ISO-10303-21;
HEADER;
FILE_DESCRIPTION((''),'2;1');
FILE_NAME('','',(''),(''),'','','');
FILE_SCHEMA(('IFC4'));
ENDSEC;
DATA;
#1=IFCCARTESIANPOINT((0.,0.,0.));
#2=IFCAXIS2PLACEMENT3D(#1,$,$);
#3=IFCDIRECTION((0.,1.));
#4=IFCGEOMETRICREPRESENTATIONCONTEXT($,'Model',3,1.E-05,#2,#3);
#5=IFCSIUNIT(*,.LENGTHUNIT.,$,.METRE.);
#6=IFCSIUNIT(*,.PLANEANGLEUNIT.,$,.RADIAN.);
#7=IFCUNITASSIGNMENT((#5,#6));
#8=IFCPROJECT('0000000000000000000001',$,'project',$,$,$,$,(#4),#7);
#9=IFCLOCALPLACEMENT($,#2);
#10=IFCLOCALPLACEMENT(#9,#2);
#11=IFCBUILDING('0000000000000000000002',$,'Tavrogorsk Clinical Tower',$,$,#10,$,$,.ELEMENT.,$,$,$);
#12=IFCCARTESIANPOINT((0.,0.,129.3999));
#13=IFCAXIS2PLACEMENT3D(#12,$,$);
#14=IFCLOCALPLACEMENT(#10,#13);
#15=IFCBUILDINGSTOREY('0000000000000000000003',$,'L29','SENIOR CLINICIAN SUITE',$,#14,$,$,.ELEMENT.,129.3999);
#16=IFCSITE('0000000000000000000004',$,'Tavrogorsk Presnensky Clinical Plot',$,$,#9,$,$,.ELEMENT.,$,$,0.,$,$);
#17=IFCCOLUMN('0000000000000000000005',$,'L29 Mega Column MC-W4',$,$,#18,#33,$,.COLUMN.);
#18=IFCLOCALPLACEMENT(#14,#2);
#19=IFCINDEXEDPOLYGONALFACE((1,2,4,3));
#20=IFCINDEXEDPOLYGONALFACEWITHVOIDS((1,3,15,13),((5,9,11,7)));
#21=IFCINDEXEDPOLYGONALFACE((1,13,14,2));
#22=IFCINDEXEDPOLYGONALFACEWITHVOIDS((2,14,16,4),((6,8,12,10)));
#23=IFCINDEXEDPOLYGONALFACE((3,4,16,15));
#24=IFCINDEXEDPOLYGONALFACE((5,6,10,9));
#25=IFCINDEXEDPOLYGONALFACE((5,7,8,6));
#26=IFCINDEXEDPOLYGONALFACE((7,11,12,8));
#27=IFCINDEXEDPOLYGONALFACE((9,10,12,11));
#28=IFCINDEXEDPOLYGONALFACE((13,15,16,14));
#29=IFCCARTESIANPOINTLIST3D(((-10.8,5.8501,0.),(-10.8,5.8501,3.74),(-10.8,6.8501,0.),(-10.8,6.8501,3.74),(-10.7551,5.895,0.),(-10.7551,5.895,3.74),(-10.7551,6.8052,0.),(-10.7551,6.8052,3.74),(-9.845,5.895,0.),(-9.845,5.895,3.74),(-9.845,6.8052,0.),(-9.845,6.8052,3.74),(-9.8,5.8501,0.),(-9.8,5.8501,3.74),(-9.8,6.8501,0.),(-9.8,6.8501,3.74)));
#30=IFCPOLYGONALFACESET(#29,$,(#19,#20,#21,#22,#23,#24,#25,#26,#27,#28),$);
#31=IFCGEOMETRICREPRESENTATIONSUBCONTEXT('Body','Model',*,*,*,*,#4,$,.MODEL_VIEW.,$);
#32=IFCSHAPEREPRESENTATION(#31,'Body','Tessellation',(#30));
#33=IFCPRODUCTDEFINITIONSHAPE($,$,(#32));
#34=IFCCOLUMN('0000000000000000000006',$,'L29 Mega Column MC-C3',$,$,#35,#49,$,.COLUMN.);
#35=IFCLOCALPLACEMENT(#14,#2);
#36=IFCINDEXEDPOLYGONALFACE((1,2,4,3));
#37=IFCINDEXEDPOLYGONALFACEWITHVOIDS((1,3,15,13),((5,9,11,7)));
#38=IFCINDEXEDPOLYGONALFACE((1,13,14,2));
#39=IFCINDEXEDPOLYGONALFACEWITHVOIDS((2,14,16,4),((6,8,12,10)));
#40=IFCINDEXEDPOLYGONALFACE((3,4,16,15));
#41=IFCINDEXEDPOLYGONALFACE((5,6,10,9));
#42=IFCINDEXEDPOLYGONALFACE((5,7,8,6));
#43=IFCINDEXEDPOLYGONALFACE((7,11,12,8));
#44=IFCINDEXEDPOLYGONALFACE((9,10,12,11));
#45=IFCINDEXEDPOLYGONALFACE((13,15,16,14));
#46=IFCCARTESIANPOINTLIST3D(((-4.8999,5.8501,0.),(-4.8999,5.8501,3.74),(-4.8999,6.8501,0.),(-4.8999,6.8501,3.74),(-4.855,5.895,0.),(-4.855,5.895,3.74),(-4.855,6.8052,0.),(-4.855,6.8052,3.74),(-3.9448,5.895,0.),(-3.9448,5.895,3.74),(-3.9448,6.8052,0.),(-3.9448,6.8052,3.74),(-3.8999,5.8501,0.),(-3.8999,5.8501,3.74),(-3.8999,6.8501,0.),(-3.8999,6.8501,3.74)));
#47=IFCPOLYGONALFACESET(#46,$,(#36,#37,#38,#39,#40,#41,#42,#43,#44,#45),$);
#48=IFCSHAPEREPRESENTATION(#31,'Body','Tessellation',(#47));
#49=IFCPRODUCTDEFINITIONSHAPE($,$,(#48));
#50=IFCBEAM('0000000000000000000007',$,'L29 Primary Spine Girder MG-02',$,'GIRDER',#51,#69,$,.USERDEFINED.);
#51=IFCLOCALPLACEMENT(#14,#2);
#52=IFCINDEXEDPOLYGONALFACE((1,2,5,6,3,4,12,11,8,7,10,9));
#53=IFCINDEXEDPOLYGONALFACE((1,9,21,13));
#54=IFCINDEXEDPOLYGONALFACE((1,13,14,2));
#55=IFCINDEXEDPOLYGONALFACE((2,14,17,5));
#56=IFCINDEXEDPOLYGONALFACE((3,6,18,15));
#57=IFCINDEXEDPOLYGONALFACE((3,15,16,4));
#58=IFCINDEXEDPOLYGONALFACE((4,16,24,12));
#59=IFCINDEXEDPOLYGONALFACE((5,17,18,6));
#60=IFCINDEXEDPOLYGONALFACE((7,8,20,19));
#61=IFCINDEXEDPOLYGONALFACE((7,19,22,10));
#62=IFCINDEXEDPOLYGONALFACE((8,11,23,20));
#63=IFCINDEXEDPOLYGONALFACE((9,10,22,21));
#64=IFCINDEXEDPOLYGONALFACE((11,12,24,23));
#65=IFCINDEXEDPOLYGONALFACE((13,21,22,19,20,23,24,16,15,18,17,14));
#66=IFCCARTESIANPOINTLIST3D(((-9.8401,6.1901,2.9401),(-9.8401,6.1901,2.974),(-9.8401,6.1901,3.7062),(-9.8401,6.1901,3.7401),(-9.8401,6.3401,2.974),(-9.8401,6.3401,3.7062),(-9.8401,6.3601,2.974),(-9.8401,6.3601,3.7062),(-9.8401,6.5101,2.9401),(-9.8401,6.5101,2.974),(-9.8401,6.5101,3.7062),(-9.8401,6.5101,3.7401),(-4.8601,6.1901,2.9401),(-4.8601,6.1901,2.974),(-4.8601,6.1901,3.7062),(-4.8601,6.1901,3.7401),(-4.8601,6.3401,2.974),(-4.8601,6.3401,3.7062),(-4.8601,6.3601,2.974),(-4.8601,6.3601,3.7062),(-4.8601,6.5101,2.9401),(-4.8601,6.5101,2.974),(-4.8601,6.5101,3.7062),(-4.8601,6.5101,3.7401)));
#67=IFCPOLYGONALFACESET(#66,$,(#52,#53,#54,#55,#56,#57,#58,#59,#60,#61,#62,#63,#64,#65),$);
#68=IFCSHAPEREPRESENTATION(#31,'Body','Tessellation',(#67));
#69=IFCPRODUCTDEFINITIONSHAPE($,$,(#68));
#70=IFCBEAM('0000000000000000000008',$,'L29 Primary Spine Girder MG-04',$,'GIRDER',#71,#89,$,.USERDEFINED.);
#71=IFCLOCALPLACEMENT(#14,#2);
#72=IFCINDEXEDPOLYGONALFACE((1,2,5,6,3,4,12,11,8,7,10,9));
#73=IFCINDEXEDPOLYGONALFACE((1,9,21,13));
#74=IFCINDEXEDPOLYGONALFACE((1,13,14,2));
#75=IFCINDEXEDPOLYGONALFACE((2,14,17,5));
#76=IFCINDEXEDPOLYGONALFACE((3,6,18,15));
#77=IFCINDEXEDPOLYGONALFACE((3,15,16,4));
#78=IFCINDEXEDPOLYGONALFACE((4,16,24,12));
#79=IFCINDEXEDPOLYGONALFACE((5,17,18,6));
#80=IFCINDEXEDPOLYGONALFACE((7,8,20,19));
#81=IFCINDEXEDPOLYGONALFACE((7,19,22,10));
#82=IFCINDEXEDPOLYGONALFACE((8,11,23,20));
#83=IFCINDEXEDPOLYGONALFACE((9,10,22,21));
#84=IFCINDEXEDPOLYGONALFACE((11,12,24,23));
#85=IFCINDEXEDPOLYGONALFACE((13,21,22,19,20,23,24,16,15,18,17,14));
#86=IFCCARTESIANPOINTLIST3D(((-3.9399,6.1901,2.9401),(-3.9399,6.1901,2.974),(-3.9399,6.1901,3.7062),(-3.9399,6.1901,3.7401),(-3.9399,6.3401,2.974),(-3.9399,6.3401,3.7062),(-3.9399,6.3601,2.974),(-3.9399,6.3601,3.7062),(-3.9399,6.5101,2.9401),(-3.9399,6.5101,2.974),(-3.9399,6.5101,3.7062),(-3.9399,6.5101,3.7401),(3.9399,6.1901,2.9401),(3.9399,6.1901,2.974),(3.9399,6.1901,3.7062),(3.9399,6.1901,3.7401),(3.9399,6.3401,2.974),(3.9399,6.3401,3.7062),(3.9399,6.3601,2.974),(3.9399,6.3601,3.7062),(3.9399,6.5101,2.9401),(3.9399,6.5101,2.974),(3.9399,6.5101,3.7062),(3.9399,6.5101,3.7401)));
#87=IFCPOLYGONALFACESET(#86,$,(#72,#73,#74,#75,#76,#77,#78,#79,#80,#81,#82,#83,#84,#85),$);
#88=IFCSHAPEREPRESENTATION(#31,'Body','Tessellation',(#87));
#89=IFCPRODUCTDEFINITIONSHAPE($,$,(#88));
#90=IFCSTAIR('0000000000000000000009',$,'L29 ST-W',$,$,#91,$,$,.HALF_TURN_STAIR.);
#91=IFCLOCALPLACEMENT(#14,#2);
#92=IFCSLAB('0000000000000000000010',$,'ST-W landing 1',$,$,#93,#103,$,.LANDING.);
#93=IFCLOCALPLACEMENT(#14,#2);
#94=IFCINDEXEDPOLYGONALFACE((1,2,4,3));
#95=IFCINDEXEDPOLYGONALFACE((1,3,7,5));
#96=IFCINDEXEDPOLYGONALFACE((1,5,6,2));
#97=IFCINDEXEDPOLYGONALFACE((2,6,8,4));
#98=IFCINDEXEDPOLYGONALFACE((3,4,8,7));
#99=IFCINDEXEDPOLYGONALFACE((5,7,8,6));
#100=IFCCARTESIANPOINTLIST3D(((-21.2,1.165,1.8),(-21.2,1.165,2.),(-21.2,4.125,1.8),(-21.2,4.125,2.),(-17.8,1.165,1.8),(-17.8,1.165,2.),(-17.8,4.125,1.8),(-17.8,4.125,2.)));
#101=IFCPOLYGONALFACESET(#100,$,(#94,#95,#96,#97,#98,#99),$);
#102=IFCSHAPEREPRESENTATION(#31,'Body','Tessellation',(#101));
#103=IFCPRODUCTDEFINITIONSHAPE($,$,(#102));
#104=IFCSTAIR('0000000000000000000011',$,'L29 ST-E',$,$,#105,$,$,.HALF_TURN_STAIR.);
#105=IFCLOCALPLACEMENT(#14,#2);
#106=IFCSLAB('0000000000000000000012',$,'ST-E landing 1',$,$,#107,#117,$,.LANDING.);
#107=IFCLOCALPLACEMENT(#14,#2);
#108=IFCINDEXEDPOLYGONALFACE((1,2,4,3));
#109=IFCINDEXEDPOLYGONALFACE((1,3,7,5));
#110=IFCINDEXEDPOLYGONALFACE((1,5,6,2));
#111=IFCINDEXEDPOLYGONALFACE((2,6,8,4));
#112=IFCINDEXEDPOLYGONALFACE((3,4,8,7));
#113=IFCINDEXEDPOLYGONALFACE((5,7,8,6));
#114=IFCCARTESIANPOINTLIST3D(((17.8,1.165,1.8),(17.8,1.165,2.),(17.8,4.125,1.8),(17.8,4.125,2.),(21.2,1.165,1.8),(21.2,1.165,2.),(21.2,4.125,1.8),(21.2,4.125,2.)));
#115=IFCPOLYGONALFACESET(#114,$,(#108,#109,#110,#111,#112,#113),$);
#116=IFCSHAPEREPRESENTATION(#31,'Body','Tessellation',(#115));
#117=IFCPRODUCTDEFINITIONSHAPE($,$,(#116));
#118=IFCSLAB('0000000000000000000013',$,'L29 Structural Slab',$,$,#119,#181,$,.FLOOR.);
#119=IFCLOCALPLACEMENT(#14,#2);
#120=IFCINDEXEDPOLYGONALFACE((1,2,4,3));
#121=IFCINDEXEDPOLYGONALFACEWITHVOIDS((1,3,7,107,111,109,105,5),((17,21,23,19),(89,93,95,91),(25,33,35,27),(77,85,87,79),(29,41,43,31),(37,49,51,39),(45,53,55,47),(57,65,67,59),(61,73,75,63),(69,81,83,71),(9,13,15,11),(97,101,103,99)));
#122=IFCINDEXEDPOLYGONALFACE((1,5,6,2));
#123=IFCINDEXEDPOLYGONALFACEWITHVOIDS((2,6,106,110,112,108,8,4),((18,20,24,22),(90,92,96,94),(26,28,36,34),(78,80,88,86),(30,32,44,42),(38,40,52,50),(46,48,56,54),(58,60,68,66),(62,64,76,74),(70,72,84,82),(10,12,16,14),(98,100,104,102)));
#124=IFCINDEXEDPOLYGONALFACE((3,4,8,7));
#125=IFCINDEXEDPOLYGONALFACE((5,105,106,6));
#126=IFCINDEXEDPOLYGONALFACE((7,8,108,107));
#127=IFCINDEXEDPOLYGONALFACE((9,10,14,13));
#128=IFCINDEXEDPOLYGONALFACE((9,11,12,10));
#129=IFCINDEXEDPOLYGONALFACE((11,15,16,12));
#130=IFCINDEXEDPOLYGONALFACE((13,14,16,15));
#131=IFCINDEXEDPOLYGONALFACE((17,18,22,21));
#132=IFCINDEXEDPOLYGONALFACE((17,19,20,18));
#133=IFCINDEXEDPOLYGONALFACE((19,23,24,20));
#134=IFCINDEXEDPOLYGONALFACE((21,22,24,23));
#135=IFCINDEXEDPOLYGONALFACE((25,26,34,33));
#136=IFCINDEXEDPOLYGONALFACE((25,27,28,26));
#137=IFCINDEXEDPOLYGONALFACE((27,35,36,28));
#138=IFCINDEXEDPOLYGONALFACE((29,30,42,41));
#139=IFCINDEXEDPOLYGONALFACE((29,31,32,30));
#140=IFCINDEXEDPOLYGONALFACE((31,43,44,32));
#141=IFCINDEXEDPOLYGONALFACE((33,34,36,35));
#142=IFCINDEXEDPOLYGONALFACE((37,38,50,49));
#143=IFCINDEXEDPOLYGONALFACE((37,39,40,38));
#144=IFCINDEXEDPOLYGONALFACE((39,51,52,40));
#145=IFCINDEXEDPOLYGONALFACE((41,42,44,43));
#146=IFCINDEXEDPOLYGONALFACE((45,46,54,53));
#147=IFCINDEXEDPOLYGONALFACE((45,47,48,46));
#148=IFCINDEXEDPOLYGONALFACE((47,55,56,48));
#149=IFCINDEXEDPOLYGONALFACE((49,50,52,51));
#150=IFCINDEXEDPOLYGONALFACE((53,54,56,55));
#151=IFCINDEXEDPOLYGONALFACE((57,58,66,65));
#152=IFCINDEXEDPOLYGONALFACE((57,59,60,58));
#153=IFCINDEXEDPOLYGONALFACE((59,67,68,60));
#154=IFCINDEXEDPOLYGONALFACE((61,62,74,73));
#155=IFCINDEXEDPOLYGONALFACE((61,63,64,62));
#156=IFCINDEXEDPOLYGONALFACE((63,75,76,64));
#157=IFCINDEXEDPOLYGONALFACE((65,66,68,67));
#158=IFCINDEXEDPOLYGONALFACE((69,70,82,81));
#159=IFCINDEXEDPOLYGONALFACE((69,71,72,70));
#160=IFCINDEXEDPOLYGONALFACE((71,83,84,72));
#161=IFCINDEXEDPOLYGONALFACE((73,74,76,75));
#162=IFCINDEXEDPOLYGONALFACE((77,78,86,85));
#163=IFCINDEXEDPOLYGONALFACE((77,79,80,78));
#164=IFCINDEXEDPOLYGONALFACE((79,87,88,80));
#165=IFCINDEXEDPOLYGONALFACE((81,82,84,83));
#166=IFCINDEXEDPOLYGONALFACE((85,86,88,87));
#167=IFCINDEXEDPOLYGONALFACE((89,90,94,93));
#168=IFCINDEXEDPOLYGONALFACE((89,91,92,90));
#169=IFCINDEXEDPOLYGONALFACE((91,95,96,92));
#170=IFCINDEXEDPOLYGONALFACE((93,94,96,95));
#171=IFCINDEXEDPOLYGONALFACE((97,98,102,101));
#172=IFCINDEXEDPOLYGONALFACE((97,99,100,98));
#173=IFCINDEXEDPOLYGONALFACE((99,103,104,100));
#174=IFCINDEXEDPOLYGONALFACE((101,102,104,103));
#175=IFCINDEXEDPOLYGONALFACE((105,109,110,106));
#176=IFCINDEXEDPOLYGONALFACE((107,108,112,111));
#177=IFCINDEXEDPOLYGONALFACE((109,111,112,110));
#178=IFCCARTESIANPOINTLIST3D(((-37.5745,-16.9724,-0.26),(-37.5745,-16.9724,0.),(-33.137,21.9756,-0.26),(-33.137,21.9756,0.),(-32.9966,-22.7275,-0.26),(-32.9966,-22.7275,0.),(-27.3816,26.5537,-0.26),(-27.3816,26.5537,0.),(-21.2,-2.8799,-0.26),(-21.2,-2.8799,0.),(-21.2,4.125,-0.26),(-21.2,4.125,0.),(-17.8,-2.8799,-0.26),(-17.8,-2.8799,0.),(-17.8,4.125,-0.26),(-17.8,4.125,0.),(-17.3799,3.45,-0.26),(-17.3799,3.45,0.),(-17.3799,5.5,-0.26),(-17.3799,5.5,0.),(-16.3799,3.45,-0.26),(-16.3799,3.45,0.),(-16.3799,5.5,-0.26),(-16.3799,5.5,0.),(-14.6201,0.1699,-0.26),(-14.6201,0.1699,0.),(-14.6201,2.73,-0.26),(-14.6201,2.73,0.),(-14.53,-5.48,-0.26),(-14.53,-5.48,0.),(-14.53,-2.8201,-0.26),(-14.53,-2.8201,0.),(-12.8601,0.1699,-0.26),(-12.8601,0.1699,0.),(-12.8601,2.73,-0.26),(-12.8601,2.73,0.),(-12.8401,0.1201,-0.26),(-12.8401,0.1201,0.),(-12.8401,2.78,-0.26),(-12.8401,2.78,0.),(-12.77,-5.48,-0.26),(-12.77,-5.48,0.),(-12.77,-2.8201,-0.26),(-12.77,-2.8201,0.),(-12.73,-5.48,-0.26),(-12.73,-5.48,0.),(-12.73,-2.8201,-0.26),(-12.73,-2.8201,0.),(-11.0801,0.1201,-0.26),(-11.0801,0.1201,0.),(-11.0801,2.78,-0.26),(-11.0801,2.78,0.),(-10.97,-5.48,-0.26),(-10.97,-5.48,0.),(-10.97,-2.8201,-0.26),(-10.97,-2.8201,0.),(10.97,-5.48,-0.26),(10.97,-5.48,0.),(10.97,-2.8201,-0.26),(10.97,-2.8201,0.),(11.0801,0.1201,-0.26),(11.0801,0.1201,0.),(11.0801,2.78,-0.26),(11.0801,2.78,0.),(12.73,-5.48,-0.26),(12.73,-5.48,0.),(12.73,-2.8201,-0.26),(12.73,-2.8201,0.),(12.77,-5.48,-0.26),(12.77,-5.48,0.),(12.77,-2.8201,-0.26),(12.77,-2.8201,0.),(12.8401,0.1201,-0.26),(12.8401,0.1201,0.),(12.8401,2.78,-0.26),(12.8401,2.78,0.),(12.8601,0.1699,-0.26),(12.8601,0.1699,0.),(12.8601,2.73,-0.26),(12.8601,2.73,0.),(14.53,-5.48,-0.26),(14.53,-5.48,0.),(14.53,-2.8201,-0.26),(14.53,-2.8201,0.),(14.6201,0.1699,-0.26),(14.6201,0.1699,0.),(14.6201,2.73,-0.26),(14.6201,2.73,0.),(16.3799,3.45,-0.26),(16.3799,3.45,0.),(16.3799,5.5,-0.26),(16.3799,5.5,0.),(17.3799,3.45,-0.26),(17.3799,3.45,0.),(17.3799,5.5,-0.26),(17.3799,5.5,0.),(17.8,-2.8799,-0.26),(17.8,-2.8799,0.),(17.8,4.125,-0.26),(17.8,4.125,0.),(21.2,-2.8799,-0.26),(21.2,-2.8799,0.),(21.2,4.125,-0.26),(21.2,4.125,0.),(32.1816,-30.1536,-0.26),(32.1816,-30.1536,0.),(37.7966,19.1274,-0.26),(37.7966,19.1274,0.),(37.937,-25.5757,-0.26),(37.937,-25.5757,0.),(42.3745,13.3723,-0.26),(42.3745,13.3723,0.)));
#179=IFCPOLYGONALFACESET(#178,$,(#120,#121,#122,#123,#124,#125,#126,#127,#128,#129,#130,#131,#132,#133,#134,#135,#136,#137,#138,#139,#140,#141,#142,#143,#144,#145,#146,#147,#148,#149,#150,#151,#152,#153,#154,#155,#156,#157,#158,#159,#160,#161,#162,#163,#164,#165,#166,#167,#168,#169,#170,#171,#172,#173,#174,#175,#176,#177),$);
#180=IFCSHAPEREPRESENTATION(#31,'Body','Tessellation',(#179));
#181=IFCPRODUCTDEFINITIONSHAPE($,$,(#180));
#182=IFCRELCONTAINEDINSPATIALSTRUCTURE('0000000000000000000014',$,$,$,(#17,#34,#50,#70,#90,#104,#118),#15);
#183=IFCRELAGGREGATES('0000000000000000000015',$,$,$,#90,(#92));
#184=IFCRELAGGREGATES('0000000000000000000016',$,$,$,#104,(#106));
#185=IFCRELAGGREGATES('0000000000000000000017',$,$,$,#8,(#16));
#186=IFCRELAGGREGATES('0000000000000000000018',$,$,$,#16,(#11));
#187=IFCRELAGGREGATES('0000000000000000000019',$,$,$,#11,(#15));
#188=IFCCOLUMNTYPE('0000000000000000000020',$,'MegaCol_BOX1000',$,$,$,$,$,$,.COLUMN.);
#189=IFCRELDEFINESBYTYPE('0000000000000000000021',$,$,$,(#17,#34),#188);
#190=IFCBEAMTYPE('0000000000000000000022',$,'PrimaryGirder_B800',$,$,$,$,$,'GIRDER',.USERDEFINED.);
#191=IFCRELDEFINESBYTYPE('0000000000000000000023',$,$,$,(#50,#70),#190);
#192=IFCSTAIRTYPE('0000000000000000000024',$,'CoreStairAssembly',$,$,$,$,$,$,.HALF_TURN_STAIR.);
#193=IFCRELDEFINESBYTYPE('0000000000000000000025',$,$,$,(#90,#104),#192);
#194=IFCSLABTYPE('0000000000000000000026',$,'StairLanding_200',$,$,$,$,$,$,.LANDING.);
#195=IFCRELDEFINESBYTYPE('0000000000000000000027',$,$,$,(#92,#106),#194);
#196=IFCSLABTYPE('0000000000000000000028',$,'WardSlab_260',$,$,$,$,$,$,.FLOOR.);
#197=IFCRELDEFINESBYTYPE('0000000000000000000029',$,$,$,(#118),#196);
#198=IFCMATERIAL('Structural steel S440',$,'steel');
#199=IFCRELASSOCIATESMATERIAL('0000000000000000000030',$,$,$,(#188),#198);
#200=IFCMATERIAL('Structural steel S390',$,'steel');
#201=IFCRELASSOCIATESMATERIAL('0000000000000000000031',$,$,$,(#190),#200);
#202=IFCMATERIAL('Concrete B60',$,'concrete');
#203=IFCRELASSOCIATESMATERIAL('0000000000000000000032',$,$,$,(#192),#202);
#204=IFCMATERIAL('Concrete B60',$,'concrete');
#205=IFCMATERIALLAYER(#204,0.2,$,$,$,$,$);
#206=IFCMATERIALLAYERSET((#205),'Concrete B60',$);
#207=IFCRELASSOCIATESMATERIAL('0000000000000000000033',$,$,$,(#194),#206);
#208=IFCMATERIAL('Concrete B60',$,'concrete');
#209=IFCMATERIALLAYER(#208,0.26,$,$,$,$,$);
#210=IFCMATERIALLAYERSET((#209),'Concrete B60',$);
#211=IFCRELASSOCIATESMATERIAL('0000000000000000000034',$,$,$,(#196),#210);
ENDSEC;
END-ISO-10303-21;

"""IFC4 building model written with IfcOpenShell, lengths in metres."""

from ifc_helpers import new_model, si_unit, direction, frame, origin, origin_2d, place, context, subcontext, project, spatial, polyline, hollow_rectangle, i_section, outline, extrude, material, layer, layer_set, material_profile, profile_set, type_object, element, aggregate, save


model = new_model("IFC4")

# Units and contexts
model_context = context("Model", 3, precision=1e-05, world=origin(), true_north=direction((0.0, 1.0)))
body_context = subcontext(model_context, "Body", "Model", "MODEL_VIEW")
ifc_project = project(units=[si_unit("LENGTHUNIT", "METRE"), si_unit("PLANEANGLEUNIT", "RADIAN")], contexts=[model_context])

# Site, building, storey
site_placement = place(None, origin())
site = spatial("IfcSite", under=ifc_project, at=site_placement, Name="Tavrogorsk Presnensky Clinical Plot", CompositionType="ELEMENT", RefElevation=0.0)
building_placement = place(site_placement, origin())
building = spatial("IfcBuilding", under=site, at=building_placement, Name="Tavrogorsk Clinical Tower", CompositionType="ELEMENT")
storey_placement = place(building_placement, frame((0.0, 0.0, 129.3999)))
storey = spatial("IfcBuildingStorey", under=building, at=storey_placement, Name="L29", Description="SENIOR CLINICIAN SUITE", CompositionType="ELEMENT", Elevation=129.3999)

# Columns
ifc_material_1 = material(Name="Structural steel S440", Category="steel")
ifc_material_profile_1 = material_profile(ifc_material_1, hollow_rectangle(XDim=1.0, YDim=1.0, WallThickness=0.0449, at=origin_2d()), Name="BOX-1000x1000x45")
ifc_profile_set_1 = profile_set([ifc_material_profile_1], Name="Structural steel S440")
column_type = type_object("IfcColumnType", Name="MegaCol_BOX1000", PredefinedType="COLUMN", material=ifc_profile_set_1)
for number, where, z_axis, x_axis, name in (
    (1, (-10.3, 6.3501, 0.0), (0.0, 0.0, 1.0), (1.0, 0.0, 0.0), "L29 Mega Column MC-W4"),
    (2, (-4.3999, 6.3501, 0.0), (0.0, 0.0, 1.0), (1.0, 0.0, 0.0), "L29 Mega Column MC-C3"),
):
    element("IfcColumn", number, at=place(storey_placement, frame(where, z_axis=z_axis, x_axis=x_axis)), inside=storey, type_object=column_type, Name=name, PredefinedType="COLUMN", context=body_context, shape_type="SweptSolid", body=[
        extrude(hollow_rectangle(XDim=1.0, YDim=1.0, WallThickness=0.0449, at=origin_2d()), origin(), (0.0, 0.0, 1.0), 3.74),
    ])

# Beams
ifc_material_2 = material(Name="Structural steel S390", Category="steel")
ifc_material_profile_2 = material_profile(ifc_material_2, i_section(OverallWidth=0.3201, OverallDepth=0.8, WebThickness=0.02, FlangeThickness=0.0339, at=origin_2d()), Name="B-800x320x20x34")
ifc_profile_set_2 = profile_set([ifc_material_profile_2], Name="Structural steel S390")
beam_type = type_object("IfcBeamType", Name="PrimaryGirder_B800", ElementType="GIRDER", PredefinedType="USERDEFINED", material=ifc_profile_set_2)
beam_1_placement = place(storey_placement, frame((-9.8401, 6.3501, 3.3401), z_axis=(1.0, 0.0, 0.0), x_axis=(0.0, 1.0, 0.0)))
element("IfcBeam", 3, at=beam_1_placement, inside=storey, type_object=beam_type, Name="L29 Primary Spine Girder MG-02", ObjectType="GIRDER", PredefinedType="USERDEFINED", context=body_context, shape_type="SweptSolid", body=[
    extrude(i_section(OverallWidth=0.3201, OverallDepth=0.8, WebThickness=0.02, FlangeThickness=0.0339, at=origin_2d()), origin(), (0.0, 0.0, 1.0), 4.98),
])
beam_2_placement = place(storey_placement, frame((-3.9399, 6.3501, 3.3401), z_axis=(1.0, 0.0, 0.0), x_axis=(0.0, 1.0, 0.0)))
element("IfcBeam", 4, at=beam_2_placement, inside=storey, type_object=beam_type, Name="L29 Primary Spine Girder MG-04", ObjectType="GIRDER", PredefinedType="USERDEFINED", context=body_context, shape_type="SweptSolid", body=[
    extrude(i_section(OverallWidth=0.3201, OverallDepth=0.8, WebThickness=0.02, FlangeThickness=0.0339, at=origin_2d()), origin(), (0.0, 0.0, 1.0), 7.8799),
])

# Stairs, slabs
ifc_material_3 = material(Name="Concrete B60", Category="concrete")
stair_type = type_object("IfcStairType", Name="CoreStairAssembly", PredefinedType="HALF_TURN_STAIR", material=ifc_material_3)
stair_1_placement = place(storey_placement, origin())
stair_1 = element("IfcStair", 5, at=stair_1_placement, inside=storey, type_object=stair_type, Name="L29 ST-W", PredefinedType="HALF_TURN_STAIR")
ifc_material_4 = material(Name="Concrete B60", Category="concrete")
ifc_layer_1 = layer(ifc_material_4, 0.2)
ifc_layer_set_1 = layer_set([ifc_layer_1], Name="Concrete B60")
slab_type_1 = type_object("IfcSlabType", Name="StairLanding_200", PredefinedType="LANDING", material=ifc_layer_set_1)
slab_1_placement = place(storey_placement, frame((0.0, 0.0, 1.8)))
slab_1 = element("IfcSlab", 6, at=slab_1_placement, type_object=slab_type_1, Name="ST-W landing 1", PredefinedType="LANDING", context=body_context, shape_type="SweptSolid", body=[
    extrude(outline(polyline([(-17.8, 1.165), (-17.8, 4.125), (-21.2, 4.125), (-21.2, 1.165), (-17.8, 1.165)])), origin(), (0.0, 0.0, 1.0), 0.2),
])
aggregate(stair_1, [slab_1])
stair_2_placement = place(storey_placement, origin())
stair_2 = element("IfcStair", 7, at=stair_2_placement, inside=storey, type_object=stair_type, Name="L29 ST-E", PredefinedType="HALF_TURN_STAIR")
slab_2_placement = place(storey_placement, frame((0.0, 0.0, 1.8)))
slab_2 = element("IfcSlab", 8, at=slab_2_placement, type_object=slab_type_1, Name="ST-E landing 1", PredefinedType="LANDING", context=body_context, shape_type="SweptSolid", body=[
    extrude(outline(polyline([(21.2, 1.165), (21.2, 4.125), (17.8, 4.125), (17.8, 1.165), (21.2, 1.165)])), origin(), (0.0, 0.0, 1.0), 0.2),
])
aggregate(stair_2, [slab_2])

# Slab
ifc_material_5 = material(Name="Concrete B60", Category="concrete")
ifc_layer_2 = layer(ifc_material_5, 0.26)
ifc_layer_set_2 = layer_set([ifc_layer_2], Name="Concrete B60")
slab_type_2 = type_object("IfcSlabType", Name="WardSlab_260", PredefinedType="FLOOR", material=ifc_layer_set_2)
slab_3_placement = place(storey_placement, frame((0.0, 0.0, -0.26)))
element("IfcSlab", 9, at=slab_3_placement, inside=storey, type_object=slab_type_2, Name="L29 Structural Slab", PredefinedType="FLOOR", context=body_context, shape_type="SweptSolid", body=[
    extrude(outline(polyline([(-32.9966, -22.7275), (32.1816, -30.1536), (37.937, -25.5757), (42.3745, 13.3723), (37.7966, 19.1274), (-27.3816, 26.5537), (-33.137, 21.9756), (-37.5745, -16.9724), (-32.9966, -22.7275)]), holes=[polyline([(-17.8, -2.8799), (-17.8, 4.125), (-21.2, 4.125), (-21.2, -2.8799), (-17.8, -2.8799)]), polyline([(21.2, -2.8799), (21.2, 4.125), (17.8, 4.125), (17.8, -2.8799), (21.2, -2.8799)]), polyline([(-14.6201, 0.1699), (-12.8601, 0.1699), (-12.8601, 2.73), (-14.6201, 2.73), (-14.6201, 0.1699)]), polyline([(-14.53, -5.48), (-12.77, -5.48), (-12.77, -2.8201), (-14.53, -2.8201), (-14.53, -5.48)]), polyline([(-12.73, -5.48), (-10.97, -5.48), (-10.97, -2.8201), (-12.73, -2.8201), (-12.73, -5.48)]), polyline([(-12.8401, 0.1201), (-11.0801, 0.1201), (-11.0801, 2.78), (-12.8401, 2.78), (-12.8401, 0.1201)]), polyline([(12.8601, 0.1699), (14.6201, 0.1699), (14.6201, 2.73), (12.8601, 2.73), (12.8601, 0.1699)]), polyline([(12.77, -5.48), (14.53, -5.48), (14.53, -2.8201), (12.77, -2.8201), (12.77, -5.48)]), polyline([(10.97, -5.48), (12.73, -5.48), (12.73, -2.8201), (10.97, -2.8201), (10.97, -5.48)]), polyline([(11.0801, 0.1201), (12.8401, 0.1201), (12.8401, 2.78), (11.0801, 2.78), (11.0801, 0.1201)]), polyline([(-17.3799, 3.45), (-16.3799, 3.45), (-16.3799, 5.5), (-17.3799, 5.5), (-17.3799, 3.45)]), polyline([(16.3799, 3.45), (17.3799, 3.45), (17.3799, 5.5), (16.3799, 5.5), (16.3799, 3.45)])]), origin(), (0.0, 0.0, 1.0), 0.26),
])

save(model, "model.ifc")
